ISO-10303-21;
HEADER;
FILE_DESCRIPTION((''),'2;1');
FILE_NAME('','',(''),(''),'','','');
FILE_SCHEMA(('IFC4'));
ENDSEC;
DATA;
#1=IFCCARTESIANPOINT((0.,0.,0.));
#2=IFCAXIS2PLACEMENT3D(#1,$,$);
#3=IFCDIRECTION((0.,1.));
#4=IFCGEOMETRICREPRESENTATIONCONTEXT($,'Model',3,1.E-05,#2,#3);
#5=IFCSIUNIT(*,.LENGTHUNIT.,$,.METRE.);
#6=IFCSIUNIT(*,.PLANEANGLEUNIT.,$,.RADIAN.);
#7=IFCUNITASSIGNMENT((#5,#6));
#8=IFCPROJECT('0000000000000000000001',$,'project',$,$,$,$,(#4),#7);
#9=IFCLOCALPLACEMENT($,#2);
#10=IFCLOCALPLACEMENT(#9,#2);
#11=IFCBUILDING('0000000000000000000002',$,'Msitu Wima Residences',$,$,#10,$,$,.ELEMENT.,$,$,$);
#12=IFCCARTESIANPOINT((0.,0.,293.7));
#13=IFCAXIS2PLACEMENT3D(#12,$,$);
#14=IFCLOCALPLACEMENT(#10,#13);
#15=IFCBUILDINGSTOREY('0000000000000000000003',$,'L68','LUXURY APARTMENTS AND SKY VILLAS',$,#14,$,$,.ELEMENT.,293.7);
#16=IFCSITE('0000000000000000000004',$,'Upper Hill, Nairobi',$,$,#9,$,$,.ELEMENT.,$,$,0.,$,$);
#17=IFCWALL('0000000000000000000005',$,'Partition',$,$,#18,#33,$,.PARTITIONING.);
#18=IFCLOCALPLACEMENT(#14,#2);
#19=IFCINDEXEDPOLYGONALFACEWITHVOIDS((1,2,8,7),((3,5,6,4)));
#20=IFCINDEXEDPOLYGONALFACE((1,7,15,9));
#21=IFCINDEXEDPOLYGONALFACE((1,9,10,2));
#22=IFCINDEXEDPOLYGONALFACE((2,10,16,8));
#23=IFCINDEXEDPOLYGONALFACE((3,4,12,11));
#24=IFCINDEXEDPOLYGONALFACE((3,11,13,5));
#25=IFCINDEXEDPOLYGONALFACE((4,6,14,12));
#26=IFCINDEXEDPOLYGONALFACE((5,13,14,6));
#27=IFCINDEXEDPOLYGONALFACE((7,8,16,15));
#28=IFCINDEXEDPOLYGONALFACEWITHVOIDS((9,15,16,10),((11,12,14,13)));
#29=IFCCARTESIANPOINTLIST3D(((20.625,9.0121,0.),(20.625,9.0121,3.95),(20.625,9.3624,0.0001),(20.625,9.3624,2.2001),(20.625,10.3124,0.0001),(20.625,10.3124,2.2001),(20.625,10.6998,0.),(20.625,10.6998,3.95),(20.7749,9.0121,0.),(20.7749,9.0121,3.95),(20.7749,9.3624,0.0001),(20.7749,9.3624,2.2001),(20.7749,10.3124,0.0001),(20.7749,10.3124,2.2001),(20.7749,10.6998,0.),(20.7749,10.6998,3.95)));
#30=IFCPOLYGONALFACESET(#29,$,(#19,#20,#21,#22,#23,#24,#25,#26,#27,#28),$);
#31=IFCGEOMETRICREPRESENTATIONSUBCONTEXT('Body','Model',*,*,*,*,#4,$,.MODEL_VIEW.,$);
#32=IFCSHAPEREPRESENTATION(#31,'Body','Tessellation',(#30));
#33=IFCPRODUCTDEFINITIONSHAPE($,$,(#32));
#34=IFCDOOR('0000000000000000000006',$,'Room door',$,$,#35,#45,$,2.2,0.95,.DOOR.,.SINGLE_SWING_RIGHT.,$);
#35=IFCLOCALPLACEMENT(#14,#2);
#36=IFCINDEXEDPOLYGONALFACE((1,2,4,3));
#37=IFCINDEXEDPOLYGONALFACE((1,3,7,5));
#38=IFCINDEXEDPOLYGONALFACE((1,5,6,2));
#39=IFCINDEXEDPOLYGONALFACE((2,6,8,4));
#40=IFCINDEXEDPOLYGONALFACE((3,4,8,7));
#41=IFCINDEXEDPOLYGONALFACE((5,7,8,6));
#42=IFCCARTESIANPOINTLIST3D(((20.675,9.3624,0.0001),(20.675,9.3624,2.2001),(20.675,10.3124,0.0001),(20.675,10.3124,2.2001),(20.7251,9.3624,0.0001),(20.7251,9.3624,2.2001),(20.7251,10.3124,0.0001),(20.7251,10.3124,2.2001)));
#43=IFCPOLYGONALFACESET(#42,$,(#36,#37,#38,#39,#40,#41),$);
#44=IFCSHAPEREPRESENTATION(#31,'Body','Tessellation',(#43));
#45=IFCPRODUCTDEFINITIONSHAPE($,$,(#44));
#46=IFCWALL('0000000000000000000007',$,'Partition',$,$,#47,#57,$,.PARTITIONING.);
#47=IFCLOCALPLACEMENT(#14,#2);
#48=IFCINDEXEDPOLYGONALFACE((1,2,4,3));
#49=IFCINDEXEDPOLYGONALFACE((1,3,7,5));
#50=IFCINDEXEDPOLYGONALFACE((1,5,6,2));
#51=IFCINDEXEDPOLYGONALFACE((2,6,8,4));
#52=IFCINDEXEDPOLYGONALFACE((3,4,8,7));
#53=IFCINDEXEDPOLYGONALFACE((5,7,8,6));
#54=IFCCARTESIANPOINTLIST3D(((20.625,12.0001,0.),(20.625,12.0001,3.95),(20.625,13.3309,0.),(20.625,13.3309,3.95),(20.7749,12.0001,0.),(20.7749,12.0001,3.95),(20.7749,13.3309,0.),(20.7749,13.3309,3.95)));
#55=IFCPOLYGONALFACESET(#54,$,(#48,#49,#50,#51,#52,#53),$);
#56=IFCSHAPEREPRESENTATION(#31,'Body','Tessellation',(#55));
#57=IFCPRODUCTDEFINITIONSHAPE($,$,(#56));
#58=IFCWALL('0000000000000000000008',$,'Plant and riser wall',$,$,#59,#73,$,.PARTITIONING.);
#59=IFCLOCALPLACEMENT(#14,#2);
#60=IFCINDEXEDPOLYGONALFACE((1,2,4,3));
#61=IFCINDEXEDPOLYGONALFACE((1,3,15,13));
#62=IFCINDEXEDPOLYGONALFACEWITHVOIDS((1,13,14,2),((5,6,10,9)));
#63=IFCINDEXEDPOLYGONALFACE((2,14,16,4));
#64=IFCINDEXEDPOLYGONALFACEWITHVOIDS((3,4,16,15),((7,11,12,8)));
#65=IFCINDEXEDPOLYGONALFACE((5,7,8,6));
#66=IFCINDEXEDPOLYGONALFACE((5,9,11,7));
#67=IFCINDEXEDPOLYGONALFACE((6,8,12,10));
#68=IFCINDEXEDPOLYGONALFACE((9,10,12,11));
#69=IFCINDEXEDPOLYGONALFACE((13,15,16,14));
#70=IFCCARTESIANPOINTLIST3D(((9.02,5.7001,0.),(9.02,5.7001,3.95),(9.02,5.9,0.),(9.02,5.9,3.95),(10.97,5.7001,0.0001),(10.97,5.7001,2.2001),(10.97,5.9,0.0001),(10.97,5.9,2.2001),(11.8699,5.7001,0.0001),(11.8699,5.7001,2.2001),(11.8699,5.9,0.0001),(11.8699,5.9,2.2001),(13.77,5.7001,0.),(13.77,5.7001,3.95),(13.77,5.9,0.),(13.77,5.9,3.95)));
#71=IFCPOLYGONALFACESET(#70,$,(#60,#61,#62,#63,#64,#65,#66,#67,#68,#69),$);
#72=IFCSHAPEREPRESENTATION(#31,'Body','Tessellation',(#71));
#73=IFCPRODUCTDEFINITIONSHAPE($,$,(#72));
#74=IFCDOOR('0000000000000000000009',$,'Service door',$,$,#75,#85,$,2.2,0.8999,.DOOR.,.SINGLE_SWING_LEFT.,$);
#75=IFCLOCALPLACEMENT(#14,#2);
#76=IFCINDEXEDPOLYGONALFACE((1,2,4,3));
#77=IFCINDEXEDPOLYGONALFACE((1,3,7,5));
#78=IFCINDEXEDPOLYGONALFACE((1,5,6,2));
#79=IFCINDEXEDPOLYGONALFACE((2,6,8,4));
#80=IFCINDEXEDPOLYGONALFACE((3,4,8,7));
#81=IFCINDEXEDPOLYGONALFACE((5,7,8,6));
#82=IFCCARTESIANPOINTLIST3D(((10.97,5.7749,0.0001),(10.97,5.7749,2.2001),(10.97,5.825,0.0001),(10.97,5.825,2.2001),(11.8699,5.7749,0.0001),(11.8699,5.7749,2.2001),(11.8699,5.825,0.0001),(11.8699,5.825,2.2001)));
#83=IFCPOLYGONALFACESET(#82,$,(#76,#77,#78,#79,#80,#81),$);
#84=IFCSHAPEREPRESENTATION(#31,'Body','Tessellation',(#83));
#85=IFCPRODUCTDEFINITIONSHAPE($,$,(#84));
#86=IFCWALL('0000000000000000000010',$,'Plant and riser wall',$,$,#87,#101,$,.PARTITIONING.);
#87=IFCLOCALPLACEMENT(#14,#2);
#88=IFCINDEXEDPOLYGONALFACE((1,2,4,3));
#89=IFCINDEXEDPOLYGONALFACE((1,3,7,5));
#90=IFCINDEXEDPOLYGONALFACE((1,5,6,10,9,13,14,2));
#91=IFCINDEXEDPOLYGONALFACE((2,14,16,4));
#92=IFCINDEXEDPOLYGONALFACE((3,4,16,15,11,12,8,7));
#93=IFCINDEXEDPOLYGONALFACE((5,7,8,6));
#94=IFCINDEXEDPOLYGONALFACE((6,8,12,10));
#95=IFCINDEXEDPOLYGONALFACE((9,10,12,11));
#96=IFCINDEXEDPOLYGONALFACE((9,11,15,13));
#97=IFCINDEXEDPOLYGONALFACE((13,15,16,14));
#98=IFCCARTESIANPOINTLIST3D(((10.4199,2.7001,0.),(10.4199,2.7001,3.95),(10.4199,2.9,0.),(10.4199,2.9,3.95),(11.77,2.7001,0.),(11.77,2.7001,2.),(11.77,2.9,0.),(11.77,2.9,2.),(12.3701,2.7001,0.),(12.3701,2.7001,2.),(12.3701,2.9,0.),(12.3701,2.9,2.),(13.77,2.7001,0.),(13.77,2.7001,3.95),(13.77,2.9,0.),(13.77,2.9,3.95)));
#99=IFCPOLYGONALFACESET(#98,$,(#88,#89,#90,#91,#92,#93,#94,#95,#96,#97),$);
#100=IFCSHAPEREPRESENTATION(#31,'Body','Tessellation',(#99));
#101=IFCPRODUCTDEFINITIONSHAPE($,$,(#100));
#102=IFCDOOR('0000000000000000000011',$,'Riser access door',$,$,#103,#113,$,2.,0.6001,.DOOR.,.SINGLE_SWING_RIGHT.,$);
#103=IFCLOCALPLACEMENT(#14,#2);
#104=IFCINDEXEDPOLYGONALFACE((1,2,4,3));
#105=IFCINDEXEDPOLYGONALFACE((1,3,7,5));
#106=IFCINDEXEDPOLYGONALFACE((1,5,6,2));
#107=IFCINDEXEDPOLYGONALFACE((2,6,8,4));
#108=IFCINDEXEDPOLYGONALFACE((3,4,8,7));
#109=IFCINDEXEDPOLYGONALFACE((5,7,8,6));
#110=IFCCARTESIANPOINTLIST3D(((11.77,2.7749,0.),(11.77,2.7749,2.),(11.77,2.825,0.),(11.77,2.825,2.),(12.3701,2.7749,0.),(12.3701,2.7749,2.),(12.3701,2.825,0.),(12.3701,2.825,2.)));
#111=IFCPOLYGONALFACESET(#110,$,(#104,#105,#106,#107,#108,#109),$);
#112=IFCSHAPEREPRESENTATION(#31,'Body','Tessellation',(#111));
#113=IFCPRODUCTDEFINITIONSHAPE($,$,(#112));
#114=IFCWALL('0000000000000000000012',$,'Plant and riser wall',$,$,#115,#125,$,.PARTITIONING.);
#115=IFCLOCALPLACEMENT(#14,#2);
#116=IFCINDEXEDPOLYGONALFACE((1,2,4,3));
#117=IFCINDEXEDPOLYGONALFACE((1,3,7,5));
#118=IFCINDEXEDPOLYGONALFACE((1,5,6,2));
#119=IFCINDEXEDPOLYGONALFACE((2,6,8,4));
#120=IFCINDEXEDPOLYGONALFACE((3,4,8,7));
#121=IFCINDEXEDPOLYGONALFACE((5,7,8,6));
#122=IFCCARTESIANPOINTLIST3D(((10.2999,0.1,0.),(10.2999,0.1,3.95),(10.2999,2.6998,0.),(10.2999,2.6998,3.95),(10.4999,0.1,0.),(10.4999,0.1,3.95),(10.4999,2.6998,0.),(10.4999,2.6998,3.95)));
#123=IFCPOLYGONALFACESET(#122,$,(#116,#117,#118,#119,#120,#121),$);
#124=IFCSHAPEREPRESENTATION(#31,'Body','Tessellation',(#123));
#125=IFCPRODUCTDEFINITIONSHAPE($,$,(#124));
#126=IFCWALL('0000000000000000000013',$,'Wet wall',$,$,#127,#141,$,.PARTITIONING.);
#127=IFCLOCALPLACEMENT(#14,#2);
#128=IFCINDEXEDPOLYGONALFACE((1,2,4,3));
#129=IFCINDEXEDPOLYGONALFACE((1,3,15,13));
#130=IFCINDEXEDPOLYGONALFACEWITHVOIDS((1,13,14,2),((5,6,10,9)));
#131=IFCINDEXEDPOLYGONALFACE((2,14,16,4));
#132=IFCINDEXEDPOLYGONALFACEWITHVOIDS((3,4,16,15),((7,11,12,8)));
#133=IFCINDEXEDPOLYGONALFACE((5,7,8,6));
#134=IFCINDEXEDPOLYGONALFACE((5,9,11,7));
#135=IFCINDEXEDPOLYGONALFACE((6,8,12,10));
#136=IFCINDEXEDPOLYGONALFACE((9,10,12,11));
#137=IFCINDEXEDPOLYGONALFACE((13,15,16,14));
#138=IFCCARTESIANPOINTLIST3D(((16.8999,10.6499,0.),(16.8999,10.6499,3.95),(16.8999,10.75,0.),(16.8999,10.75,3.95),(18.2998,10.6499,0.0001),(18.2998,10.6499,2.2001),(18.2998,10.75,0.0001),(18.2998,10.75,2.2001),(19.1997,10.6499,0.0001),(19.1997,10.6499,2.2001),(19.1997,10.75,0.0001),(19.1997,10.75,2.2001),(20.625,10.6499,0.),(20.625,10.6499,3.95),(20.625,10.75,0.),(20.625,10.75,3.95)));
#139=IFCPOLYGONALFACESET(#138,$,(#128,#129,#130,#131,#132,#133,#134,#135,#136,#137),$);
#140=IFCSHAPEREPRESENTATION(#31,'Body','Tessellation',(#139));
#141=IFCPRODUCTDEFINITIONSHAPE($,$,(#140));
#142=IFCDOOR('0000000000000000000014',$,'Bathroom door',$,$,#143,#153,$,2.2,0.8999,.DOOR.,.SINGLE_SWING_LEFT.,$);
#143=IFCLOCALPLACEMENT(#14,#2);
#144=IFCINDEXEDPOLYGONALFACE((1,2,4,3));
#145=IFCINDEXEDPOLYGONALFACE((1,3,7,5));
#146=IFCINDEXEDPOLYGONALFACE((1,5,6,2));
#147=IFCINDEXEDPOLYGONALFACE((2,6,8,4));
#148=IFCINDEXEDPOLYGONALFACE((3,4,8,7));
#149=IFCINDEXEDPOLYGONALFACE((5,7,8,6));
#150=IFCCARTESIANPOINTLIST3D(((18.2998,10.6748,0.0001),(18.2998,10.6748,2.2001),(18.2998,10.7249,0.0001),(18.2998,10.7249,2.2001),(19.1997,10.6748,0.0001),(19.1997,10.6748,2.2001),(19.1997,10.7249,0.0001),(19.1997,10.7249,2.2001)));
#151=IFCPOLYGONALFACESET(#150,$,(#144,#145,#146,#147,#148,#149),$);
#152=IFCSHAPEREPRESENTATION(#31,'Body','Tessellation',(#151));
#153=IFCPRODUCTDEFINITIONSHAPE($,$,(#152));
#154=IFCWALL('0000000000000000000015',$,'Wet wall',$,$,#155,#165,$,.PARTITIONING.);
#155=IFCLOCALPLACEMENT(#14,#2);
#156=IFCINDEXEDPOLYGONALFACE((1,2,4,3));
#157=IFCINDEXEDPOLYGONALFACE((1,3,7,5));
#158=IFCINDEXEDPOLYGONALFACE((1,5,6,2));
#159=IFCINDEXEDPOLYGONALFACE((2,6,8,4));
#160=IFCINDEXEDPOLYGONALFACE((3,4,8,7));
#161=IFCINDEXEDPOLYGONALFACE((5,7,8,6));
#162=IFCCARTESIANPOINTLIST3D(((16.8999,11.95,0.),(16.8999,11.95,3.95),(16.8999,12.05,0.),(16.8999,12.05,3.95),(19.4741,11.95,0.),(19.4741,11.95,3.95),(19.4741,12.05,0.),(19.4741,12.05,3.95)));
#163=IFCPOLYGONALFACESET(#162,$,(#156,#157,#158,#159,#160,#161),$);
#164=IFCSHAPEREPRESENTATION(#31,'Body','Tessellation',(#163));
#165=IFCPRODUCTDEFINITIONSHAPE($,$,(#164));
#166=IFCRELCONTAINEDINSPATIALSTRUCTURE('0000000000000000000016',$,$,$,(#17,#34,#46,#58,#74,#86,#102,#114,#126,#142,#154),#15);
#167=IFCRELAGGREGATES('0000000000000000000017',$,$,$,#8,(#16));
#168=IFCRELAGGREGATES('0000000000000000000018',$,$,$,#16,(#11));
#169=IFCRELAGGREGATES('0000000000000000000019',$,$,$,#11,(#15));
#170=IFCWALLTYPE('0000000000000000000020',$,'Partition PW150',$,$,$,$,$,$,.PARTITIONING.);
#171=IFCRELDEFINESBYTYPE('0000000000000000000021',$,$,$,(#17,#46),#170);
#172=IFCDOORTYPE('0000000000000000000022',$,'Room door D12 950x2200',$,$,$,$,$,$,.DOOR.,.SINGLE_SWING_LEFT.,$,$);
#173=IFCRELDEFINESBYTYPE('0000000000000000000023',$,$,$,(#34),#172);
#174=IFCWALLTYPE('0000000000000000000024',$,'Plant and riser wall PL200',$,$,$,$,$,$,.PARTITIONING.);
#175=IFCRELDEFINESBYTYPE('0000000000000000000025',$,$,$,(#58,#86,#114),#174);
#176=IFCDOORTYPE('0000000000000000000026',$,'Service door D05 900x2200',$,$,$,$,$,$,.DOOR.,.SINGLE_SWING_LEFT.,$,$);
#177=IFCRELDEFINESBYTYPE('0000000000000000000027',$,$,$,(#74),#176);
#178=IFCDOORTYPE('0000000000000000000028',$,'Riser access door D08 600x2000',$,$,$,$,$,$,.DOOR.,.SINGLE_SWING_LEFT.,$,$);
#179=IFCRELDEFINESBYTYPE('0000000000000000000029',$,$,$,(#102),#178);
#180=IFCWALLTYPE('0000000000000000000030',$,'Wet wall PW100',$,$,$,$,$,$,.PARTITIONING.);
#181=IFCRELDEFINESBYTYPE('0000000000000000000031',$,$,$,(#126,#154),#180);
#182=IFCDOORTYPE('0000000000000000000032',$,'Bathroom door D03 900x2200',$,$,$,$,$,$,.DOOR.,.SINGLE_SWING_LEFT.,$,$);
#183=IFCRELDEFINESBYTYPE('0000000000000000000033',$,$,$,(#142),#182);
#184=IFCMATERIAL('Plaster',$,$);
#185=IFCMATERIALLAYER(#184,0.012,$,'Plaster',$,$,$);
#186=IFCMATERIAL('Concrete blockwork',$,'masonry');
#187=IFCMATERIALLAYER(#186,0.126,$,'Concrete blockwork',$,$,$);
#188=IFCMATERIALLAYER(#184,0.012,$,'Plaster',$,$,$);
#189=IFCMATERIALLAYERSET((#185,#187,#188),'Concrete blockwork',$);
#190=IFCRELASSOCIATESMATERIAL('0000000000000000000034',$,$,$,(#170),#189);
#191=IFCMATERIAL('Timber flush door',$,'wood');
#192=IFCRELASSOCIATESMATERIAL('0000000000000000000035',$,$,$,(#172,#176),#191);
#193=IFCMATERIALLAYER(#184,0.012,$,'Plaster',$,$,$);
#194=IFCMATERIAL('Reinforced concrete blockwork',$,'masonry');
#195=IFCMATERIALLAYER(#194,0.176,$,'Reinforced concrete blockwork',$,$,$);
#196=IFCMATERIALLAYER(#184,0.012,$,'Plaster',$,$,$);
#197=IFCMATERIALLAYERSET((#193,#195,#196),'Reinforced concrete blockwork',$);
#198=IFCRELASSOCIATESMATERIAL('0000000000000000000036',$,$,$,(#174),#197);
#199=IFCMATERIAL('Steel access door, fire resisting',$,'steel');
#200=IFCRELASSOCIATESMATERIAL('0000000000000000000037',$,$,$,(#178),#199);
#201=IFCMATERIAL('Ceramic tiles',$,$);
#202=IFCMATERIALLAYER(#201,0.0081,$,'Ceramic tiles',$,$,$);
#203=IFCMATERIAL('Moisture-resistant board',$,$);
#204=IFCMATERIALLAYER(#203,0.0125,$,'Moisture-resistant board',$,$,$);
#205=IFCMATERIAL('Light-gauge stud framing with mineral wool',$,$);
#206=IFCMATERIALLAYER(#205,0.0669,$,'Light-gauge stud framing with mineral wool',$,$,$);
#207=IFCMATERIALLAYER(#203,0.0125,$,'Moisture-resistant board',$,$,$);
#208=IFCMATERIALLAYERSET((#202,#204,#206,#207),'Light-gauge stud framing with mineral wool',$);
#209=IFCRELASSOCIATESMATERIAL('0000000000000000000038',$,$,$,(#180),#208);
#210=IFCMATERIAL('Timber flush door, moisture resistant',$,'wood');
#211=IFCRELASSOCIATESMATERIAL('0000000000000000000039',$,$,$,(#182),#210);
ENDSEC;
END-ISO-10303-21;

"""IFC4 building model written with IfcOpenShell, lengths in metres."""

from ifc_helpers import new_model, si_unit, direction, frame, frame_2d, origin, place, context, subcontext, project, spatial, rectangle, extrude, material, layer, layer_set, type_object, element, fill, save


model = new_model("IFC4")

# Units and contexts
model_context = context("Model", 3, precision=1e-05, world=origin(), true_north=direction((0.0, 1.0)))
body_context = subcontext(model_context, "Body", "Model", "MODEL_VIEW")
ifc_project = project(units=[si_unit("LENGTHUNIT", "METRE"), si_unit("PLANEANGLEUNIT", "RADIAN")], contexts=[model_context])

# Site, building, storey
site_placement = place(None, origin())
site = spatial("IfcSite", under=ifc_project, at=site_placement, Name="Upper Hill, Nairobi", CompositionType="ELEMENT", RefElevation=0.0)
building_placement = place(site_placement, origin())
building = spatial("IfcBuilding", under=site, at=building_placement, Name="Msitu Wima Residences", CompositionType="ELEMENT")
storey_placement = place(building_placement, frame((0.0, 0.0, 293.7)))
storey = spatial("IfcBuildingStorey", under=building, at=storey_placement, Name="L68", Description="LUXURY APARTMENTS AND SKY VILLAS", CompositionType="ELEMENT", Elevation=293.7)

# Shared definitions
ifc_material_1 = material(Name="Plaster")
ifc_layer_1 = layer(ifc_material_1, 0.012, Name="Plaster")
ifc_material_2 = material(Name="Concrete blockwork", Category="masonry")
ifc_layer_2 = layer(ifc_material_2, 0.126, Name="Concrete blockwork")
ifc_layer_3 = layer(ifc_material_1, 0.012, Name="Plaster")
ifc_layer_set_1 = layer_set([ifc_layer_1, ifc_layer_2, ifc_layer_3], Name="Concrete blockwork")
wall_type_1 = type_object("IfcWallType", Name="Partition PW150", PredefinedType="PARTITIONING", material=ifc_layer_set_1)
ifc_material_3 = material(Name="Timber flush door", Category="wood")
door_type_1 = type_object("IfcDoorType", Name="Room door D12 950x2200", OperationType="SINGLE_SWING_LEFT", PredefinedType="DOOR", material=ifc_material_3)

# Wall, opening, door
wall_1_placement = place(storey_placement, frame((20.7, 9.0122, 0.0), z_axis=(0.0, 0.0, 1.0), x_axis=(0.0, 1.0, 0.0)))
wall_1 = element("IfcWall", 1, at=wall_1_placement, inside=storey, type_object=wall_type_1, Name="Partition", PredefinedType="PARTITIONING", context=body_context, shape_type="SweptSolid", body=[
    extrude(rectangle(XDim=1.6877, YDim=0.1499, at=frame_2d((0.8438, 0.0))), origin(), (0.0, 0.0, 1.0), 3.95),
])
opening_1_placement = place(wall_1_placement, frame((0.3501, 0.0, 0.0)))
opening_1 = element("IfcOpeningElement", 2, at=opening_1_placement, cuts=wall_1, PredefinedType="OPENING", context=body_context, shape_type="SweptSolid", body=[
    extrude(rectangle(XDim=0.95, YDim=2.2, at=frame_2d((0.4751, 1.1001))), frame((0.0, 0.085, 0.0), z_axis=(0.0, -1.0, 0.0), x_axis=(1.0, 0.0, 0.0)), (0.0, 0.0, 1.0), 0.1699),
])
door_1_placement = place(opening_1_placement, origin())
door_1 = element("IfcDoor", 3, at=door_1_placement, inside=storey, type_object=door_type_1, Name="Room door", OperationType="SINGLE_SWING_RIGHT", OverallHeight=2.2, OverallWidth=0.95, PredefinedType="DOOR", context=body_context, shape_type="SweptSolid", body=[
    extrude(rectangle(XDim=0.95, YDim=2.2, at=frame_2d((0.4751, 1.1001))), frame((0.0, 0.0249, 0.0), z_axis=(0.0, -1.0, 0.0), x_axis=(1.0, 0.0, 0.0)), (0.0, 0.0, 1.0), 0.05),
])
fill(opening_1, door_1)

# Wall
wall_2_placement = place(storey_placement, frame((20.7, 12.0, 0.0), z_axis=(0.0, 0.0, 1.0), x_axis=(0.0, 1.0, 0.0)))
element("IfcWall", 4, at=wall_2_placement, inside=storey, type_object=wall_type_1, Name="Partition", PredefinedType="PARTITIONING", context=body_context, shape_type="SweptSolid", body=[
    extrude(rectangle(XDim=1.3308, YDim=0.1499, at=frame_2d((0.6655, 0.0))), origin(), (0.0, 0.0, 1.0), 3.95),
])

# Walls, openings, doors
ifc_layer_4 = layer(ifc_material_1, 0.012, Name="Plaster")
ifc_material_4 = material(Name="Reinforced concrete blockwork", Category="masonry")
ifc_layer_5 = layer(ifc_material_4, 0.176, Name="Reinforced concrete blockwork")
ifc_layer_6 = layer(ifc_material_1, 0.012, Name="Plaster")
ifc_layer_set_2 = layer_set([ifc_layer_4, ifc_layer_5, ifc_layer_6], Name="Reinforced concrete blockwork")
wall_type_2 = type_object("IfcWallType", Name="Plant and riser wall PL200", PredefinedType="PARTITIONING", material=ifc_layer_set_2)
wall_3_placement = place(storey_placement, frame((9.02, 5.8, 0.0), z_axis=(0.0, 0.0, 1.0), x_axis=(1.0, 0.0, 0.0)))
wall_3 = element("IfcWall", 5, at=wall_3_placement, inside=storey, type_object=wall_type_2, Name="Plant and riser wall", PredefinedType="PARTITIONING", context=body_context, shape_type="SweptSolid", body=[
    extrude(rectangle(XDim=4.75, YDim=0.2, at=frame_2d((2.375, 0.0))), origin(), (0.0, 0.0, 1.0), 3.95),
])
opening_2_placement = place(wall_3_placement, frame((1.95, 0.0, 0.0)))
opening_2 = element("IfcOpeningElement", 6, at=opening_2_placement, cuts=wall_3, PredefinedType="OPENING", context=body_context, shape_type="SweptSolid", body=[
    extrude(rectangle(XDim=0.8999, YDim=2.2, at=frame_2d((0.45, 1.1001))), frame((0.0, 0.1099, 0.0), z_axis=(0.0, -1.0, 0.0), x_axis=(1.0, 0.0, 0.0)), (0.0, 0.0, 1.0), 0.22),
])
door_type_2 = type_object("IfcDoorType", Name="Service door D05 900x2200", OperationType="SINGLE_SWING_LEFT", PredefinedType="DOOR", material=ifc_material_3)
door_2_placement = place(opening_2_placement, origin())
door_2 = element("IfcDoor", 7, at=door_2_placement, inside=storey, type_object=door_type_2, Name="Service door", OperationType="SINGLE_SWING_LEFT", OverallHeight=2.2, OverallWidth=0.8999, PredefinedType="DOOR", context=body_context, shape_type="SweptSolid", body=[
    extrude(rectangle(XDim=0.8999, YDim=2.2, at=frame_2d((0.45, 1.1001))), frame((0.0, 0.0249, 0.0), z_axis=(0.0, -1.0, 0.0), x_axis=(1.0, 0.0, 0.0)), (0.0, 0.0, 1.0), 0.05),
])
fill(opening_2, door_2)
wall_4_placement = place(storey_placement, frame((10.4199, 2.8, 0.0), z_axis=(0.0, 0.0, 1.0), x_axis=(1.0, 0.0, 0.0)))
wall_4 = element("IfcWall", 8, at=wall_4_placement, inside=storey, type_object=wall_type_2, Name="Plant and riser wall", PredefinedType="PARTITIONING", context=body_context, shape_type="SweptSolid", body=[
    extrude(rectangle(XDim=3.3501, YDim=0.2, at=frame_2d((1.675, 0.0))), origin(), (0.0, 0.0, 1.0), 3.95),
])
opening_3_placement = place(wall_4_placement, frame((1.3501, 0.0, 0.0)))
opening_3 = element("IfcOpeningElement", 9, at=opening_3_placement, cuts=wall_4, PredefinedType="OPENING", context=body_context, shape_type="SweptSolid", body=[
    extrude(rectangle(XDim=0.6001, YDim=2.0, at=frame_2d((0.3, 1.0))), frame((0.0, 0.1099, 0.0), z_axis=(0.0, -1.0, 0.0), x_axis=(1.0, 0.0, 0.0)), (0.0, 0.0, 1.0), 0.22),
])
ifc_material_5 = material(Name="Steel access door, fire resisting", Category="steel")
door_type_3 = type_object("IfcDoorType", Name="Riser access door D08 600x2000", OperationType="SINGLE_SWING_LEFT", PredefinedType="DOOR", material=ifc_material_5)
door_3_placement = place(opening_3_placement, origin())
door_3 = element("IfcDoor", 10, at=door_3_placement, inside=storey, type_object=door_type_3, Name="Riser access door", OperationType="SINGLE_SWING_RIGHT", OverallHeight=2.0, OverallWidth=0.6001, PredefinedType="DOOR", context=body_context, shape_type="SweptSolid", body=[
    extrude(rectangle(XDim=0.6001, YDim=2.0, at=frame_2d((0.3, 1.0))), frame((0.0, 0.0249, 0.0), z_axis=(0.0, -1.0, 0.0), x_axis=(1.0, 0.0, 0.0)), (0.0, 0.0, 1.0), 0.05),
])
fill(opening_3, door_3)

# Wall
wall_5_placement = place(storey_placement, frame((10.3999, 0.1001, 0.0), z_axis=(0.0, 0.0, 1.0), x_axis=(0.0, 1.0, 0.0)))
element("IfcWall", 11, at=wall_5_placement, inside=storey, type_object=wall_type_2, Name="Plant and riser wall", PredefinedType="PARTITIONING", context=body_context, shape_type="SweptSolid", body=[
    extrude(rectangle(XDim=2.5999, YDim=0.2, at=frame_2d((1.2998, 0.0))), origin(), (0.0, 0.0, 1.0), 3.95),
])

# Wall, opening, door
ifc_material_6 = material(Name="Ceramic tiles")
ifc_layer_7 = layer(ifc_material_6, 0.0081, Name="Ceramic tiles")
ifc_material_7 = material(Name="Moisture-resistant board")
ifc_layer_8 = layer(ifc_material_7, 0.0125, Name="Moisture-resistant board")
ifc_material_8 = material(Name="Light-gauge stud framing with mineral wool")
ifc_layer_9 = layer(ifc_material_8, 0.0669, Name="Light-gauge stud framing with mineral wool")
ifc_layer_10 = layer(ifc_material_7, 0.0125, Name="Moisture-resistant board")
ifc_layer_set_3 = layer_set([ifc_layer_7, ifc_layer_8, ifc_layer_9, ifc_layer_10], Name="Light-gauge stud framing with mineral wool")
wall_type_3 = type_object("IfcWallType", Name="Wet wall PW100", PredefinedType="PARTITIONING", material=ifc_layer_set_3)
wall_6_placement = place(storey_placement, frame((16.8999, 10.7, 0.0), z_axis=(0.0, 0.0, 1.0), x_axis=(1.0, 0.0, 0.0)))
wall_6 = element("IfcWall", 12, at=wall_6_placement, inside=storey, type_object=wall_type_3, Name="Wet wall", PredefinedType="PARTITIONING", context=body_context, shape_type="SweptSolid", body=[
    extrude(rectangle(XDim=3.7251, YDim=0.1001, at=frame_2d((1.8625, 0.0))), origin(), (0.0, 0.0, 1.0), 3.95),
])
opening_4_placement = place(wall_6_placement, frame((1.3999, 0.0, 0.0)))
opening_4 = element("IfcOpeningElement", 13, at=opening_4_placement, cuts=wall_6, PredefinedType="OPENING", context=body_context, shape_type="SweptSolid", body=[
    extrude(rectangle(XDim=0.8999, YDim=2.2, at=frame_2d((0.45, 1.1001))), frame((0.0, 0.0601, 0.0), z_axis=(0.0, -1.0, 0.0), x_axis=(1.0, 0.0, 0.0)), (0.0, 0.0, 1.0), 0.1201),
])
ifc_material_9 = material(Name="Timber flush door, moisture resistant", Category="wood")
door_type_4 = type_object("IfcDoorType", Name="Bathroom door D03 900x2200", OperationType="SINGLE_SWING_LEFT", PredefinedType="DOOR", material=ifc_material_9)
door_4_placement = place(opening_4_placement, origin())
door_4 = element("IfcDoor", 14, at=door_4_placement, inside=storey, type_object=door_type_4, Name="Bathroom door", OperationType="SINGLE_SWING_LEFT", OverallHeight=2.2, OverallWidth=0.8999, PredefinedType="DOOR", context=body_context, shape_type="SweptSolid", body=[
    extrude(rectangle(XDim=0.8999, YDim=2.2, at=frame_2d((0.45, 1.1001))), frame((0.0, 0.0249, 0.0), z_axis=(0.0, -1.0, 0.0), x_axis=(1.0, 0.0, 0.0)), (0.0, 0.0, 1.0), 0.05),
])
fill(opening_4, door_4)

# Wall
wall_7_placement = place(storey_placement, frame((16.8999, 12.0, 0.0), z_axis=(0.0, 0.0, 1.0), x_axis=(1.0, 0.0, 0.0)))
element("IfcWall", 15, at=wall_7_placement, inside=storey, type_object=wall_type_3, Name="Wet wall", PredefinedType="PARTITIONING", context=body_context, shape_type="SweptSolid", body=[
    extrude(rectangle(XDim=2.5742, YDim=0.1001, at=frame_2d((1.2871, 0.0))), origin(), (0.0, 0.0, 1.0), 3.95),
])

save(model, "model.ifc")
